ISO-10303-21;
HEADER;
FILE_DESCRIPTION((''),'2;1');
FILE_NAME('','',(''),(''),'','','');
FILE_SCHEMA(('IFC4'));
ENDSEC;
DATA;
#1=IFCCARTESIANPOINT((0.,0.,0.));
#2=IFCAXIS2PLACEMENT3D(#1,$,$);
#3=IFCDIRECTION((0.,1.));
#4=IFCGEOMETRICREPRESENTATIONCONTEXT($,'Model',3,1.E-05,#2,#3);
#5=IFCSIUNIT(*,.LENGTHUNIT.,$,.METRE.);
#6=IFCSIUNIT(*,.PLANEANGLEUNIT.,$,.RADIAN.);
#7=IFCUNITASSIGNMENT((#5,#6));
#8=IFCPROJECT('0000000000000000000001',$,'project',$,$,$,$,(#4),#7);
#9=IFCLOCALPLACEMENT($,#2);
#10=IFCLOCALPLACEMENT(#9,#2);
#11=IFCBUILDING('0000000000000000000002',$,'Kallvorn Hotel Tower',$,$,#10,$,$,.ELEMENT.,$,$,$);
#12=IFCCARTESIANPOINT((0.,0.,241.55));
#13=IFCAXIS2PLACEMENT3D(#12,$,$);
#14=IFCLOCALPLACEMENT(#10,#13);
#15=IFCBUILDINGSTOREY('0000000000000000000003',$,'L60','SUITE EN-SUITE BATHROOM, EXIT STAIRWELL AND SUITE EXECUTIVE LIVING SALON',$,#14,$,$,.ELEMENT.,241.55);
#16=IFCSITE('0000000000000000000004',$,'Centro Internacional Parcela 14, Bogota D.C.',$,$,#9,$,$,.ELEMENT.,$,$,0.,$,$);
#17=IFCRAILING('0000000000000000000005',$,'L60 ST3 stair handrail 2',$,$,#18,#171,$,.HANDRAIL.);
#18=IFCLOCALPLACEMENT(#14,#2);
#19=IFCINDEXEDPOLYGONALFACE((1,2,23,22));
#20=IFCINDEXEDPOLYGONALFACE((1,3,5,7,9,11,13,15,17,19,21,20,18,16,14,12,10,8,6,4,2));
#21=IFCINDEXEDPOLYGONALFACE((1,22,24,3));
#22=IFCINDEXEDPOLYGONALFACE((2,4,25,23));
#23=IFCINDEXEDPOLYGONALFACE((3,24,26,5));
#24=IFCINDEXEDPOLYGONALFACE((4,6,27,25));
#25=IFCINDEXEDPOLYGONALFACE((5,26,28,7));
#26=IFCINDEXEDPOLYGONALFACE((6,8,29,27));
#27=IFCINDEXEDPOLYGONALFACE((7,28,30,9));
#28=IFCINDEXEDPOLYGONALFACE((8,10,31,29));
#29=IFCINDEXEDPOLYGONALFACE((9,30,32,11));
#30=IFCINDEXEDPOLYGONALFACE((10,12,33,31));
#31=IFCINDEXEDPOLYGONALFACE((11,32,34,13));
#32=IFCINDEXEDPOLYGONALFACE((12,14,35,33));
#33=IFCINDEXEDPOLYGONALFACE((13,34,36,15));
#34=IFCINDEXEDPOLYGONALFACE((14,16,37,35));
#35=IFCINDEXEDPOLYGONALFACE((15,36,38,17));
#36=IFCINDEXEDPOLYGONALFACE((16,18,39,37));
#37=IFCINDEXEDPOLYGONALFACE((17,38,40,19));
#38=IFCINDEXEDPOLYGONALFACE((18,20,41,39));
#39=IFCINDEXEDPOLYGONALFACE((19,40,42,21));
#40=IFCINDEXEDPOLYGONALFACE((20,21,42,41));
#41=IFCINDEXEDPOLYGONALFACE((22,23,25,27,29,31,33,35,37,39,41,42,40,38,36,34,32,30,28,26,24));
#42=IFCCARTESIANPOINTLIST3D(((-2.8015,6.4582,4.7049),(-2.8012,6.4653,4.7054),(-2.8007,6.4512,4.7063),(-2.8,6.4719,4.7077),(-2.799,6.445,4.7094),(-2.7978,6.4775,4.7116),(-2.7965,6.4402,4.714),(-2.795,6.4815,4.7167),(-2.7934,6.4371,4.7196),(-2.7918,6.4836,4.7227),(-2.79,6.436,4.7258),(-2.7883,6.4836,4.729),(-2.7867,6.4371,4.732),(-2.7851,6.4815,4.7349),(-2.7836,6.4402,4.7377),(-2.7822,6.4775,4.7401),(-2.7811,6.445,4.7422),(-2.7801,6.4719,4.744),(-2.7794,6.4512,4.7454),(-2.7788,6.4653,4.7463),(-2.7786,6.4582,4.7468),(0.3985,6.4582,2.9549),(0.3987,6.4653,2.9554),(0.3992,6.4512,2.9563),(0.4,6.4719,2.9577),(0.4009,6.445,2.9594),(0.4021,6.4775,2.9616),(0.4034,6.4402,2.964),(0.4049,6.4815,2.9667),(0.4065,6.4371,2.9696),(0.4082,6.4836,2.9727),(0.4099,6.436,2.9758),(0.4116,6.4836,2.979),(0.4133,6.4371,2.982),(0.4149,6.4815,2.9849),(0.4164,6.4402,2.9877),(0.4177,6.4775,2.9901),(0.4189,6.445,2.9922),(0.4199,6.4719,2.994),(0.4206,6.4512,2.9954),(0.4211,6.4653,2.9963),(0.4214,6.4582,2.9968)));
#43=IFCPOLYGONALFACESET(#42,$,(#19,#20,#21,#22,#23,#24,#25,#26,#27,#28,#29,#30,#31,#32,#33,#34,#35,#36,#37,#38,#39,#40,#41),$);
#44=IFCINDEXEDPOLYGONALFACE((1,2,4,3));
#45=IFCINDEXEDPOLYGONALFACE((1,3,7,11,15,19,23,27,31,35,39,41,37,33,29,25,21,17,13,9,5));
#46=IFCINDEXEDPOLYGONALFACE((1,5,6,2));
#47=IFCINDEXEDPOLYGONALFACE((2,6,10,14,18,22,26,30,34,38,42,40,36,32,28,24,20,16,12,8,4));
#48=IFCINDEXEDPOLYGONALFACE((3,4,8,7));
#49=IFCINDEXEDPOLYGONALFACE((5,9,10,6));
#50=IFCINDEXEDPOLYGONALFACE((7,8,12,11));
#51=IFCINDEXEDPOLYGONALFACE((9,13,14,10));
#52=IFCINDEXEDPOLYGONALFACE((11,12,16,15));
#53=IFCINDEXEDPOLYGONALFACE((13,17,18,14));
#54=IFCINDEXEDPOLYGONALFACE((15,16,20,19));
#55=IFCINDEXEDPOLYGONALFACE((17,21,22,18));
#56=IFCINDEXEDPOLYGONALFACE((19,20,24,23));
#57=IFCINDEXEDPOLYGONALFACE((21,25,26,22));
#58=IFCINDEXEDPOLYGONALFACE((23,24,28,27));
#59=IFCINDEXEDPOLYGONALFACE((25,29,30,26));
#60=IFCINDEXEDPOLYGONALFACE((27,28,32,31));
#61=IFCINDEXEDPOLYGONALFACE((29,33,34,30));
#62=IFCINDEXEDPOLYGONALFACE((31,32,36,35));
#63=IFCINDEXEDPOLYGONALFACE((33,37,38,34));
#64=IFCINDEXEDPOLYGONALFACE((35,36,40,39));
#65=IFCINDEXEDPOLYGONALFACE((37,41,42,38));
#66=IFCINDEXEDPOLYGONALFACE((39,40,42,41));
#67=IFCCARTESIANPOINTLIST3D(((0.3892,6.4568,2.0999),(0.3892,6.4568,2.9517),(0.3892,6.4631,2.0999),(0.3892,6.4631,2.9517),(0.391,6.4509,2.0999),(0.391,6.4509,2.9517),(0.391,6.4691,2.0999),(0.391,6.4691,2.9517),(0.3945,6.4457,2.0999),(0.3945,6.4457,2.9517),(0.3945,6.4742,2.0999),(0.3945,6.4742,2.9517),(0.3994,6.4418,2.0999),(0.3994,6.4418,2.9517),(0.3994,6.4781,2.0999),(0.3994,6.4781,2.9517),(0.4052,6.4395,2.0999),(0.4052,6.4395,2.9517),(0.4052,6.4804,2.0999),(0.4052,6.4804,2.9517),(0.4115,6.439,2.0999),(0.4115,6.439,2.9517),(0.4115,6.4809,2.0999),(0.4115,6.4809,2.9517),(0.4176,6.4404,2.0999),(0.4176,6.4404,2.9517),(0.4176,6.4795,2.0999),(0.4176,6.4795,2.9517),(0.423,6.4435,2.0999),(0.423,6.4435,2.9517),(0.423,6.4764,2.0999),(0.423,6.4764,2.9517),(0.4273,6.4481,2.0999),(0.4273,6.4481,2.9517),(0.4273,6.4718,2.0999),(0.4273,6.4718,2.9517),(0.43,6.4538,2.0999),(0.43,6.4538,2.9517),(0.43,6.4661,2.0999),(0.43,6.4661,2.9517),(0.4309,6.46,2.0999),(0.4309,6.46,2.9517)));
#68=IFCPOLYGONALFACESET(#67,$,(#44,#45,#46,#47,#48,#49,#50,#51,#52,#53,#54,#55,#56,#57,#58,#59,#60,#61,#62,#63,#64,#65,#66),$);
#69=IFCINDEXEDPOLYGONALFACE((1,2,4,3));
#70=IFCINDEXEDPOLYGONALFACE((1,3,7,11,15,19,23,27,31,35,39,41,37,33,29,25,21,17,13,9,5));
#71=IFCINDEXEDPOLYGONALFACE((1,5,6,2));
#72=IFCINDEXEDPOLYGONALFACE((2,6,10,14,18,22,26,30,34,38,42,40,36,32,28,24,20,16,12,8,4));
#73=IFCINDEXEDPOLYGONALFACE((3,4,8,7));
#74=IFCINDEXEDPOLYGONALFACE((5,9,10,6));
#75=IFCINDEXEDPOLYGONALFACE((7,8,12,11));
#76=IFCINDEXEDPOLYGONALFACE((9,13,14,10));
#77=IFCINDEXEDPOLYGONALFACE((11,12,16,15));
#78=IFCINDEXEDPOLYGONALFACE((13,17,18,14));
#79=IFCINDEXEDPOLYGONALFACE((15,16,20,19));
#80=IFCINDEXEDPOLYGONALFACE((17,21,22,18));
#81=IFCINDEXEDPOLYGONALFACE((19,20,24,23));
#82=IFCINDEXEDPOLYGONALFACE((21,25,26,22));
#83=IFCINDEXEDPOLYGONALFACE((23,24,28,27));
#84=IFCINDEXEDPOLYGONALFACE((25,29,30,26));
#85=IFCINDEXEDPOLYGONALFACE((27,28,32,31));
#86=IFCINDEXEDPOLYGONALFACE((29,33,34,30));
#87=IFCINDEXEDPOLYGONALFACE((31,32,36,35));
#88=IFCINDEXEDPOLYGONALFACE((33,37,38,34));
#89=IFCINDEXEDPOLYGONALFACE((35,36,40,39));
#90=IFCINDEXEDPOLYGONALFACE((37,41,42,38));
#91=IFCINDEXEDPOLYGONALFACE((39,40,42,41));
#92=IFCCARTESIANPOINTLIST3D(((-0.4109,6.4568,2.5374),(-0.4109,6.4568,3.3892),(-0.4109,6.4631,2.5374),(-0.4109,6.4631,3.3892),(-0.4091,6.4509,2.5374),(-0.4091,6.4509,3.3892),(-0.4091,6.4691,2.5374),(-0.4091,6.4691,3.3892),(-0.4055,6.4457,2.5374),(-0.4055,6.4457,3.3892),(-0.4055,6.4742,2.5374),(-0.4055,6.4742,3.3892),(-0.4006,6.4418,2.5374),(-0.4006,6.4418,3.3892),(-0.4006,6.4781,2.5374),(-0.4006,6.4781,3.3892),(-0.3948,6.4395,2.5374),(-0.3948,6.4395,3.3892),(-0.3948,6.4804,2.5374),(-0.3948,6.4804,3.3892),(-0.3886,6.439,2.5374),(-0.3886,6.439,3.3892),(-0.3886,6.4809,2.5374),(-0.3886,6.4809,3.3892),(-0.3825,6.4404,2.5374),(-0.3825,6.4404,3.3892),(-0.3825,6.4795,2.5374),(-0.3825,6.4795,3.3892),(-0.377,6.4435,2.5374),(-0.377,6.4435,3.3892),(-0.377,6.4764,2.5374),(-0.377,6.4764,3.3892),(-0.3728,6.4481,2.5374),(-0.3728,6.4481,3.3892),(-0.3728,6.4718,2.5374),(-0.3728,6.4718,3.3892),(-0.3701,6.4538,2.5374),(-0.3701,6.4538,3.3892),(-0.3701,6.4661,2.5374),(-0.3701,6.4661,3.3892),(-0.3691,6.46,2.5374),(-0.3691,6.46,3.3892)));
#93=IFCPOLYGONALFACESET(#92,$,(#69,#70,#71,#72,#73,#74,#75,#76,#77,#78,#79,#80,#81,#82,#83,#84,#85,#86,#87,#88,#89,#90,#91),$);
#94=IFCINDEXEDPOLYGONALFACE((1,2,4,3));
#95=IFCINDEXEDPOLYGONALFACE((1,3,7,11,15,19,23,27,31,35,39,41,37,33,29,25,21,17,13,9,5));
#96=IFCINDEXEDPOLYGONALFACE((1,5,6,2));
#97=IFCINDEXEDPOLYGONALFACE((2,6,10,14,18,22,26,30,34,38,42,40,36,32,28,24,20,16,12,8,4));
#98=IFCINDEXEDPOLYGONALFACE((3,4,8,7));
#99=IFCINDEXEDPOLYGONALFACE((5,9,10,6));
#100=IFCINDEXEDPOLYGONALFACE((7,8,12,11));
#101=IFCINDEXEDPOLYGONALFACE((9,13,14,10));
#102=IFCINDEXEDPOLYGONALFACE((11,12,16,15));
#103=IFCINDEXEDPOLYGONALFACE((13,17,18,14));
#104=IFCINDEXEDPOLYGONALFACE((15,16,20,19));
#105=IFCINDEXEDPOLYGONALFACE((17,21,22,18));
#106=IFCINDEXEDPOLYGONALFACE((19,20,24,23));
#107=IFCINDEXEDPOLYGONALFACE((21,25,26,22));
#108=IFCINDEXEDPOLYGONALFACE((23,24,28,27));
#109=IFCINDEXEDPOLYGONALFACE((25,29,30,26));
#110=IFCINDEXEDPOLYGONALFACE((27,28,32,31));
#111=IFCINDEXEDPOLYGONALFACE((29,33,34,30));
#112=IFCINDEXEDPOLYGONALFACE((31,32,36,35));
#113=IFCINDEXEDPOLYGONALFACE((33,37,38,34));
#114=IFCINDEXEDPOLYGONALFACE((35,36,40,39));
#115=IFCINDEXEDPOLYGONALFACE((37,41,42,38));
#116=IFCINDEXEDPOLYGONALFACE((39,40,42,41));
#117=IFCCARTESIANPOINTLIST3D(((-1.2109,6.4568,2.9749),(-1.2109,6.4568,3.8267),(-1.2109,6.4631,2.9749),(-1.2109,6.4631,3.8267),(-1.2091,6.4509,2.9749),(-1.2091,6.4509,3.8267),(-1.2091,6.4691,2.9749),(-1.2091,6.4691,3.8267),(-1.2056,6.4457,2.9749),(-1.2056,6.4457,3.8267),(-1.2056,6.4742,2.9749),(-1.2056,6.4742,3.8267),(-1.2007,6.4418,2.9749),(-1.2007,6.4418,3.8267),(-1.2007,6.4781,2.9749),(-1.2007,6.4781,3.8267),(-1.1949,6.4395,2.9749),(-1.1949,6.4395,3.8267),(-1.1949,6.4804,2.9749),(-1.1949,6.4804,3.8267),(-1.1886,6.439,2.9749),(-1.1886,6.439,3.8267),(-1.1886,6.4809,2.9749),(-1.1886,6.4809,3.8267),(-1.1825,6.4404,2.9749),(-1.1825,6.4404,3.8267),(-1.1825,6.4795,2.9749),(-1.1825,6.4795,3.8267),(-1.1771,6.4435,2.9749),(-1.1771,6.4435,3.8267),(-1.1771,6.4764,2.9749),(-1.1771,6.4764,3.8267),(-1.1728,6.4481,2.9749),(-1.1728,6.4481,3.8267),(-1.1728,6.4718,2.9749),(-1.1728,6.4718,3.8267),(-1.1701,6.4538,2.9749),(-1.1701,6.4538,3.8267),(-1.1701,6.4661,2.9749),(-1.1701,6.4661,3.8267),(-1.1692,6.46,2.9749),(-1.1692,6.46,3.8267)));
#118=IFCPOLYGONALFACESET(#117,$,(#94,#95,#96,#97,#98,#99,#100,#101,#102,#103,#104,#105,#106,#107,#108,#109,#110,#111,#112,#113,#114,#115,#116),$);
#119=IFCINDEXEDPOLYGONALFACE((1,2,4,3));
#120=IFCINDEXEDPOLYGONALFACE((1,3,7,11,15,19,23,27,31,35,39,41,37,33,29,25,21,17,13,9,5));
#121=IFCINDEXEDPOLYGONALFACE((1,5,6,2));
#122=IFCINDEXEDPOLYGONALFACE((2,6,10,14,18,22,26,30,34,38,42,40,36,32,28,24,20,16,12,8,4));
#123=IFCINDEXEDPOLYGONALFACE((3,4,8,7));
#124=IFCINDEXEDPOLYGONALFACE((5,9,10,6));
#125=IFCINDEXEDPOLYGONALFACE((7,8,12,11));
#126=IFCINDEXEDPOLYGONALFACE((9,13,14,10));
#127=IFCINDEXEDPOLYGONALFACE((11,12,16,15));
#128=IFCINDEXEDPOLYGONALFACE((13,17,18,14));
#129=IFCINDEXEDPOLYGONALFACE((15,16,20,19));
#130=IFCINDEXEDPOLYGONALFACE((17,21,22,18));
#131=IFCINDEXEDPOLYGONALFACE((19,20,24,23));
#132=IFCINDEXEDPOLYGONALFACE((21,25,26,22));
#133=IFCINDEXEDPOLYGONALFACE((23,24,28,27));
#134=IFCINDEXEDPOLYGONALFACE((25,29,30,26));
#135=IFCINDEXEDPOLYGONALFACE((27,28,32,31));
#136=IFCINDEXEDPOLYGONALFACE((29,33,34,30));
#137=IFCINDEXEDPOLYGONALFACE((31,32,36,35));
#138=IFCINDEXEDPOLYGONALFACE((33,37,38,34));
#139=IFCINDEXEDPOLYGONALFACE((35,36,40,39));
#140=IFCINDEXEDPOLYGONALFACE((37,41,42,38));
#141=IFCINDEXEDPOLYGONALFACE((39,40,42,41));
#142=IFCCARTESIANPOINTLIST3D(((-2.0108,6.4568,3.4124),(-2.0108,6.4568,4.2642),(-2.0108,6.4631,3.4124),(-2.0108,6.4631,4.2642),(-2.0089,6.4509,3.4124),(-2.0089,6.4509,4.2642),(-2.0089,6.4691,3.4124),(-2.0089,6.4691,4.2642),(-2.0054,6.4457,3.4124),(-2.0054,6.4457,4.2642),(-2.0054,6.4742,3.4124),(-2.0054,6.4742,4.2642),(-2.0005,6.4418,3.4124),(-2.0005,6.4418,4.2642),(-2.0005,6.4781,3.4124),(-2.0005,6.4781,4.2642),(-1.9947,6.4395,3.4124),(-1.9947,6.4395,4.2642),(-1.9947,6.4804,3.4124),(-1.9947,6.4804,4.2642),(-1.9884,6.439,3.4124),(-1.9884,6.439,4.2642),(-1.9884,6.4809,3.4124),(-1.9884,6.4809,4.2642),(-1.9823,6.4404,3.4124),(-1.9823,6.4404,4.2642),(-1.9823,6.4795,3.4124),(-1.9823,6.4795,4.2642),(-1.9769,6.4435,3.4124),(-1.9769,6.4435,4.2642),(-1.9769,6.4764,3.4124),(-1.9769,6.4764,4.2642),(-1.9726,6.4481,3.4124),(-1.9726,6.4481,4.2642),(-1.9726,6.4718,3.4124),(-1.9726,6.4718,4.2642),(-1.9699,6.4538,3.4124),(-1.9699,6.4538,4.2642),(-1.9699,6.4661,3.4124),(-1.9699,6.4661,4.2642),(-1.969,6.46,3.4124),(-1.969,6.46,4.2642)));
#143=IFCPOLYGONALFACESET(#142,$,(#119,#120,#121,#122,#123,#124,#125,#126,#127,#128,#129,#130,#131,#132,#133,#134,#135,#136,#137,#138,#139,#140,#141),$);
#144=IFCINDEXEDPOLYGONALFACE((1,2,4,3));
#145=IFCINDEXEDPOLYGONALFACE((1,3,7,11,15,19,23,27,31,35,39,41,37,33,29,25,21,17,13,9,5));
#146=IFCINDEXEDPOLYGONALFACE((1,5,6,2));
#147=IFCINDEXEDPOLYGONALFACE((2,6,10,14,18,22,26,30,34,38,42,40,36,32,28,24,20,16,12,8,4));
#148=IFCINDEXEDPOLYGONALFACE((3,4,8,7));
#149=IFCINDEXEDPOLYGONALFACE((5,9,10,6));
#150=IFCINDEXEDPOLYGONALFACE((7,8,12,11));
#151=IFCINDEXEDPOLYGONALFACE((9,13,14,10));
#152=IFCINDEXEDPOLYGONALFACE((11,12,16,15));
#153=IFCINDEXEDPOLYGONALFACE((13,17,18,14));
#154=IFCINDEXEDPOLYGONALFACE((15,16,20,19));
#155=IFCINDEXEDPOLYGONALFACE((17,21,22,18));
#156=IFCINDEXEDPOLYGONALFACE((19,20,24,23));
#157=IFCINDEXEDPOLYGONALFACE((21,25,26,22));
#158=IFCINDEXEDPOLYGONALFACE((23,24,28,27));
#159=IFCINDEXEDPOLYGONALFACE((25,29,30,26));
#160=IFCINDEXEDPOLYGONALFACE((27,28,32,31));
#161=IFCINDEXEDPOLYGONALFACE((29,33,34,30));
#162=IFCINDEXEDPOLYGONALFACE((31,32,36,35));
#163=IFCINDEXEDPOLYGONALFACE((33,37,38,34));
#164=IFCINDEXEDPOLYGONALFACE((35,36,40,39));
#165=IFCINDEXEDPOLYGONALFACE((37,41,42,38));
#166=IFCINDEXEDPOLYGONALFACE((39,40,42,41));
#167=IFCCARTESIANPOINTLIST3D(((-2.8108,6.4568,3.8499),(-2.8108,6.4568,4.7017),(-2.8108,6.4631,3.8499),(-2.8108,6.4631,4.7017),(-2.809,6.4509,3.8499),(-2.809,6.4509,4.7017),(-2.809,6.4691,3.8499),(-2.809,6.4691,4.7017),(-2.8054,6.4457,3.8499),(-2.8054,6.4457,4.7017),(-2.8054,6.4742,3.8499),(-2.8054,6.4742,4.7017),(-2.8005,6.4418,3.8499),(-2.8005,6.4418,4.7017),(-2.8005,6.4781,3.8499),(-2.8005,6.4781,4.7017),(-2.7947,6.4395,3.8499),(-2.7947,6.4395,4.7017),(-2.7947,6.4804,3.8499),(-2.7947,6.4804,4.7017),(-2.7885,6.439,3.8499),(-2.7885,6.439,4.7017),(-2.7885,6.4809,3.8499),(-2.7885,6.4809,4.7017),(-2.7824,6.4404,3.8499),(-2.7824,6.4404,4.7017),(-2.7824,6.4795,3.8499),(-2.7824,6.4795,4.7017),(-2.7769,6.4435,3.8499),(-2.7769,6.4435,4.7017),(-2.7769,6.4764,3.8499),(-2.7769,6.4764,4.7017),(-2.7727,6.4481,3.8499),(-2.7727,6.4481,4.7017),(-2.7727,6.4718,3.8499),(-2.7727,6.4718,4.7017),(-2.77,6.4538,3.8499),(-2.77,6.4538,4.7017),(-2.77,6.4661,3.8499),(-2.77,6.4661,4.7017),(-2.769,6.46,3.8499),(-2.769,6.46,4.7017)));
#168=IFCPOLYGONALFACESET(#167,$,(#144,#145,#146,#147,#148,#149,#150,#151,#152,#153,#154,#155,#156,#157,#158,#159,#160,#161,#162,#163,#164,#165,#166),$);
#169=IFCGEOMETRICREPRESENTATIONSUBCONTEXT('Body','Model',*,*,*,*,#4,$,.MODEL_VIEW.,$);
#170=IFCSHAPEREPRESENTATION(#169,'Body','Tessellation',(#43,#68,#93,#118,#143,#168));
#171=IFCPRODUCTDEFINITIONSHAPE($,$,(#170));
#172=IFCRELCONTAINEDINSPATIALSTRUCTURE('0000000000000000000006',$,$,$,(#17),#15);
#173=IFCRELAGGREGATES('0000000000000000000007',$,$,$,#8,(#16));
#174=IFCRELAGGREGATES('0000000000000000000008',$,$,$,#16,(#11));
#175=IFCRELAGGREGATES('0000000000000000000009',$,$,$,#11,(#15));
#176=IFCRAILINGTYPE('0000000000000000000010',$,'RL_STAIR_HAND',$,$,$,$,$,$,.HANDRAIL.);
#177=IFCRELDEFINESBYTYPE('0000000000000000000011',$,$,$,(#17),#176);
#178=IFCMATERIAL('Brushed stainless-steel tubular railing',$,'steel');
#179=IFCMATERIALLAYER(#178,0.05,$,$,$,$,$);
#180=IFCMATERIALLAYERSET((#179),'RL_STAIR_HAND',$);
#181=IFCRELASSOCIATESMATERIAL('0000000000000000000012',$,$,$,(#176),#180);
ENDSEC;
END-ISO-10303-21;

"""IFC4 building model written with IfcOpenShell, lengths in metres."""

from ifc_helpers import new_model, si_unit, direction, frame, origin, origin_2d, place, context, subcontext, project, spatial, circle, extrude, material, layer, layer_set, type_object, element, save


model = new_model("IFC4")

# Units and contexts
model_context = context("Model", 3, precision=1e-05, world=origin(), true_north=direction((0.0, 1.0)))
body_context = subcontext(model_context, "Body", "Model", "MODEL_VIEW")
ifc_project = project(units=[si_unit("LENGTHUNIT", "METRE"), si_unit("PLANEANGLEUNIT", "RADIAN")], contexts=[model_context])

# Site, building, storey
site_placement = place(None, origin())
site = spatial("IfcSite", under=ifc_project, at=site_placement, Name="Centro Internacional Parcela 14, Bogota D.C.", CompositionType="ELEMENT", RefElevation=0.0)
building_placement = place(site_placement, origin())
building = spatial("IfcBuilding", under=site, at=building_placement, Name="Kallvorn Hotel Tower", CompositionType="ELEMENT")
storey_placement = place(building_placement, frame((0.0, 0.0, 241.55)))
storey = spatial("IfcBuildingStorey", under=building, at=storey_placement, Name="L60", Description="SUITE EN-SUITE BATHROOM, EXIT STAIRWELL AND SUITE EXECUTIVE LIVING SALON", CompositionType="ELEMENT", Elevation=241.55)

# Railing
ifc_material_1 = material(Name="Brushed stainless-steel tubular railing", Category="steel")
ifc_layer_1 = layer(ifc_material_1, 0.05)
ifc_layer_set_1 = layer_set([ifc_layer_1], Name="RL_STAIR_HAND")
railing_type_1 = type_object("IfcRailingType", Name="RL_STAIR_HAND", PredefinedType="HANDRAIL", material=ifc_layer_set_1)
railing_1_placement = place(storey_placement, frame((0.4099, 6.46, 2.0999)))
element("IfcRailing", 1, at=railing_1_placement, inside=storey, type_object=railing_type_1, Name="L60 ST3 stair handrail 2", PredefinedType="HANDRAIL", context=body_context, shape_type="SweptSolid", body=[
    extrude(circle(Radius=0.0239, at=origin_2d()), frame((0.0, 0.0, 0.876), z_axis=(-0.877368, 0.0, 0.479818), x_axis=(0.0, -1.0, 0.0)), (0.0, 0.0, 1.0), 3.6472),
    extrude(circle(Radius=0.021, at=origin_2d()), origin(), (0.0, 0.0, 1.0), 0.8518),
    extrude(circle(Radius=0.021, at=origin_2d()), frame((-0.8, 0.0, 0.4375)), (0.0, 0.0, 1.0), 0.8518),
    extrude(circle(Radius=0.021, at=origin_2d()), frame((-1.6001, 0.0, 0.875)), (0.0, 0.0, 1.0), 0.8518),
    extrude(circle(Radius=0.021, at=origin_2d()), frame((-2.3999, 0.0, 1.3125)), (0.0, 0.0, 1.0), 0.8518),
    extrude(circle(Radius=0.021, at=origin_2d()), frame((-3.2, 0.0, 1.75)), (0.0, 0.0, 1.0), 0.8518),
])

save(model, "model.ifc")
